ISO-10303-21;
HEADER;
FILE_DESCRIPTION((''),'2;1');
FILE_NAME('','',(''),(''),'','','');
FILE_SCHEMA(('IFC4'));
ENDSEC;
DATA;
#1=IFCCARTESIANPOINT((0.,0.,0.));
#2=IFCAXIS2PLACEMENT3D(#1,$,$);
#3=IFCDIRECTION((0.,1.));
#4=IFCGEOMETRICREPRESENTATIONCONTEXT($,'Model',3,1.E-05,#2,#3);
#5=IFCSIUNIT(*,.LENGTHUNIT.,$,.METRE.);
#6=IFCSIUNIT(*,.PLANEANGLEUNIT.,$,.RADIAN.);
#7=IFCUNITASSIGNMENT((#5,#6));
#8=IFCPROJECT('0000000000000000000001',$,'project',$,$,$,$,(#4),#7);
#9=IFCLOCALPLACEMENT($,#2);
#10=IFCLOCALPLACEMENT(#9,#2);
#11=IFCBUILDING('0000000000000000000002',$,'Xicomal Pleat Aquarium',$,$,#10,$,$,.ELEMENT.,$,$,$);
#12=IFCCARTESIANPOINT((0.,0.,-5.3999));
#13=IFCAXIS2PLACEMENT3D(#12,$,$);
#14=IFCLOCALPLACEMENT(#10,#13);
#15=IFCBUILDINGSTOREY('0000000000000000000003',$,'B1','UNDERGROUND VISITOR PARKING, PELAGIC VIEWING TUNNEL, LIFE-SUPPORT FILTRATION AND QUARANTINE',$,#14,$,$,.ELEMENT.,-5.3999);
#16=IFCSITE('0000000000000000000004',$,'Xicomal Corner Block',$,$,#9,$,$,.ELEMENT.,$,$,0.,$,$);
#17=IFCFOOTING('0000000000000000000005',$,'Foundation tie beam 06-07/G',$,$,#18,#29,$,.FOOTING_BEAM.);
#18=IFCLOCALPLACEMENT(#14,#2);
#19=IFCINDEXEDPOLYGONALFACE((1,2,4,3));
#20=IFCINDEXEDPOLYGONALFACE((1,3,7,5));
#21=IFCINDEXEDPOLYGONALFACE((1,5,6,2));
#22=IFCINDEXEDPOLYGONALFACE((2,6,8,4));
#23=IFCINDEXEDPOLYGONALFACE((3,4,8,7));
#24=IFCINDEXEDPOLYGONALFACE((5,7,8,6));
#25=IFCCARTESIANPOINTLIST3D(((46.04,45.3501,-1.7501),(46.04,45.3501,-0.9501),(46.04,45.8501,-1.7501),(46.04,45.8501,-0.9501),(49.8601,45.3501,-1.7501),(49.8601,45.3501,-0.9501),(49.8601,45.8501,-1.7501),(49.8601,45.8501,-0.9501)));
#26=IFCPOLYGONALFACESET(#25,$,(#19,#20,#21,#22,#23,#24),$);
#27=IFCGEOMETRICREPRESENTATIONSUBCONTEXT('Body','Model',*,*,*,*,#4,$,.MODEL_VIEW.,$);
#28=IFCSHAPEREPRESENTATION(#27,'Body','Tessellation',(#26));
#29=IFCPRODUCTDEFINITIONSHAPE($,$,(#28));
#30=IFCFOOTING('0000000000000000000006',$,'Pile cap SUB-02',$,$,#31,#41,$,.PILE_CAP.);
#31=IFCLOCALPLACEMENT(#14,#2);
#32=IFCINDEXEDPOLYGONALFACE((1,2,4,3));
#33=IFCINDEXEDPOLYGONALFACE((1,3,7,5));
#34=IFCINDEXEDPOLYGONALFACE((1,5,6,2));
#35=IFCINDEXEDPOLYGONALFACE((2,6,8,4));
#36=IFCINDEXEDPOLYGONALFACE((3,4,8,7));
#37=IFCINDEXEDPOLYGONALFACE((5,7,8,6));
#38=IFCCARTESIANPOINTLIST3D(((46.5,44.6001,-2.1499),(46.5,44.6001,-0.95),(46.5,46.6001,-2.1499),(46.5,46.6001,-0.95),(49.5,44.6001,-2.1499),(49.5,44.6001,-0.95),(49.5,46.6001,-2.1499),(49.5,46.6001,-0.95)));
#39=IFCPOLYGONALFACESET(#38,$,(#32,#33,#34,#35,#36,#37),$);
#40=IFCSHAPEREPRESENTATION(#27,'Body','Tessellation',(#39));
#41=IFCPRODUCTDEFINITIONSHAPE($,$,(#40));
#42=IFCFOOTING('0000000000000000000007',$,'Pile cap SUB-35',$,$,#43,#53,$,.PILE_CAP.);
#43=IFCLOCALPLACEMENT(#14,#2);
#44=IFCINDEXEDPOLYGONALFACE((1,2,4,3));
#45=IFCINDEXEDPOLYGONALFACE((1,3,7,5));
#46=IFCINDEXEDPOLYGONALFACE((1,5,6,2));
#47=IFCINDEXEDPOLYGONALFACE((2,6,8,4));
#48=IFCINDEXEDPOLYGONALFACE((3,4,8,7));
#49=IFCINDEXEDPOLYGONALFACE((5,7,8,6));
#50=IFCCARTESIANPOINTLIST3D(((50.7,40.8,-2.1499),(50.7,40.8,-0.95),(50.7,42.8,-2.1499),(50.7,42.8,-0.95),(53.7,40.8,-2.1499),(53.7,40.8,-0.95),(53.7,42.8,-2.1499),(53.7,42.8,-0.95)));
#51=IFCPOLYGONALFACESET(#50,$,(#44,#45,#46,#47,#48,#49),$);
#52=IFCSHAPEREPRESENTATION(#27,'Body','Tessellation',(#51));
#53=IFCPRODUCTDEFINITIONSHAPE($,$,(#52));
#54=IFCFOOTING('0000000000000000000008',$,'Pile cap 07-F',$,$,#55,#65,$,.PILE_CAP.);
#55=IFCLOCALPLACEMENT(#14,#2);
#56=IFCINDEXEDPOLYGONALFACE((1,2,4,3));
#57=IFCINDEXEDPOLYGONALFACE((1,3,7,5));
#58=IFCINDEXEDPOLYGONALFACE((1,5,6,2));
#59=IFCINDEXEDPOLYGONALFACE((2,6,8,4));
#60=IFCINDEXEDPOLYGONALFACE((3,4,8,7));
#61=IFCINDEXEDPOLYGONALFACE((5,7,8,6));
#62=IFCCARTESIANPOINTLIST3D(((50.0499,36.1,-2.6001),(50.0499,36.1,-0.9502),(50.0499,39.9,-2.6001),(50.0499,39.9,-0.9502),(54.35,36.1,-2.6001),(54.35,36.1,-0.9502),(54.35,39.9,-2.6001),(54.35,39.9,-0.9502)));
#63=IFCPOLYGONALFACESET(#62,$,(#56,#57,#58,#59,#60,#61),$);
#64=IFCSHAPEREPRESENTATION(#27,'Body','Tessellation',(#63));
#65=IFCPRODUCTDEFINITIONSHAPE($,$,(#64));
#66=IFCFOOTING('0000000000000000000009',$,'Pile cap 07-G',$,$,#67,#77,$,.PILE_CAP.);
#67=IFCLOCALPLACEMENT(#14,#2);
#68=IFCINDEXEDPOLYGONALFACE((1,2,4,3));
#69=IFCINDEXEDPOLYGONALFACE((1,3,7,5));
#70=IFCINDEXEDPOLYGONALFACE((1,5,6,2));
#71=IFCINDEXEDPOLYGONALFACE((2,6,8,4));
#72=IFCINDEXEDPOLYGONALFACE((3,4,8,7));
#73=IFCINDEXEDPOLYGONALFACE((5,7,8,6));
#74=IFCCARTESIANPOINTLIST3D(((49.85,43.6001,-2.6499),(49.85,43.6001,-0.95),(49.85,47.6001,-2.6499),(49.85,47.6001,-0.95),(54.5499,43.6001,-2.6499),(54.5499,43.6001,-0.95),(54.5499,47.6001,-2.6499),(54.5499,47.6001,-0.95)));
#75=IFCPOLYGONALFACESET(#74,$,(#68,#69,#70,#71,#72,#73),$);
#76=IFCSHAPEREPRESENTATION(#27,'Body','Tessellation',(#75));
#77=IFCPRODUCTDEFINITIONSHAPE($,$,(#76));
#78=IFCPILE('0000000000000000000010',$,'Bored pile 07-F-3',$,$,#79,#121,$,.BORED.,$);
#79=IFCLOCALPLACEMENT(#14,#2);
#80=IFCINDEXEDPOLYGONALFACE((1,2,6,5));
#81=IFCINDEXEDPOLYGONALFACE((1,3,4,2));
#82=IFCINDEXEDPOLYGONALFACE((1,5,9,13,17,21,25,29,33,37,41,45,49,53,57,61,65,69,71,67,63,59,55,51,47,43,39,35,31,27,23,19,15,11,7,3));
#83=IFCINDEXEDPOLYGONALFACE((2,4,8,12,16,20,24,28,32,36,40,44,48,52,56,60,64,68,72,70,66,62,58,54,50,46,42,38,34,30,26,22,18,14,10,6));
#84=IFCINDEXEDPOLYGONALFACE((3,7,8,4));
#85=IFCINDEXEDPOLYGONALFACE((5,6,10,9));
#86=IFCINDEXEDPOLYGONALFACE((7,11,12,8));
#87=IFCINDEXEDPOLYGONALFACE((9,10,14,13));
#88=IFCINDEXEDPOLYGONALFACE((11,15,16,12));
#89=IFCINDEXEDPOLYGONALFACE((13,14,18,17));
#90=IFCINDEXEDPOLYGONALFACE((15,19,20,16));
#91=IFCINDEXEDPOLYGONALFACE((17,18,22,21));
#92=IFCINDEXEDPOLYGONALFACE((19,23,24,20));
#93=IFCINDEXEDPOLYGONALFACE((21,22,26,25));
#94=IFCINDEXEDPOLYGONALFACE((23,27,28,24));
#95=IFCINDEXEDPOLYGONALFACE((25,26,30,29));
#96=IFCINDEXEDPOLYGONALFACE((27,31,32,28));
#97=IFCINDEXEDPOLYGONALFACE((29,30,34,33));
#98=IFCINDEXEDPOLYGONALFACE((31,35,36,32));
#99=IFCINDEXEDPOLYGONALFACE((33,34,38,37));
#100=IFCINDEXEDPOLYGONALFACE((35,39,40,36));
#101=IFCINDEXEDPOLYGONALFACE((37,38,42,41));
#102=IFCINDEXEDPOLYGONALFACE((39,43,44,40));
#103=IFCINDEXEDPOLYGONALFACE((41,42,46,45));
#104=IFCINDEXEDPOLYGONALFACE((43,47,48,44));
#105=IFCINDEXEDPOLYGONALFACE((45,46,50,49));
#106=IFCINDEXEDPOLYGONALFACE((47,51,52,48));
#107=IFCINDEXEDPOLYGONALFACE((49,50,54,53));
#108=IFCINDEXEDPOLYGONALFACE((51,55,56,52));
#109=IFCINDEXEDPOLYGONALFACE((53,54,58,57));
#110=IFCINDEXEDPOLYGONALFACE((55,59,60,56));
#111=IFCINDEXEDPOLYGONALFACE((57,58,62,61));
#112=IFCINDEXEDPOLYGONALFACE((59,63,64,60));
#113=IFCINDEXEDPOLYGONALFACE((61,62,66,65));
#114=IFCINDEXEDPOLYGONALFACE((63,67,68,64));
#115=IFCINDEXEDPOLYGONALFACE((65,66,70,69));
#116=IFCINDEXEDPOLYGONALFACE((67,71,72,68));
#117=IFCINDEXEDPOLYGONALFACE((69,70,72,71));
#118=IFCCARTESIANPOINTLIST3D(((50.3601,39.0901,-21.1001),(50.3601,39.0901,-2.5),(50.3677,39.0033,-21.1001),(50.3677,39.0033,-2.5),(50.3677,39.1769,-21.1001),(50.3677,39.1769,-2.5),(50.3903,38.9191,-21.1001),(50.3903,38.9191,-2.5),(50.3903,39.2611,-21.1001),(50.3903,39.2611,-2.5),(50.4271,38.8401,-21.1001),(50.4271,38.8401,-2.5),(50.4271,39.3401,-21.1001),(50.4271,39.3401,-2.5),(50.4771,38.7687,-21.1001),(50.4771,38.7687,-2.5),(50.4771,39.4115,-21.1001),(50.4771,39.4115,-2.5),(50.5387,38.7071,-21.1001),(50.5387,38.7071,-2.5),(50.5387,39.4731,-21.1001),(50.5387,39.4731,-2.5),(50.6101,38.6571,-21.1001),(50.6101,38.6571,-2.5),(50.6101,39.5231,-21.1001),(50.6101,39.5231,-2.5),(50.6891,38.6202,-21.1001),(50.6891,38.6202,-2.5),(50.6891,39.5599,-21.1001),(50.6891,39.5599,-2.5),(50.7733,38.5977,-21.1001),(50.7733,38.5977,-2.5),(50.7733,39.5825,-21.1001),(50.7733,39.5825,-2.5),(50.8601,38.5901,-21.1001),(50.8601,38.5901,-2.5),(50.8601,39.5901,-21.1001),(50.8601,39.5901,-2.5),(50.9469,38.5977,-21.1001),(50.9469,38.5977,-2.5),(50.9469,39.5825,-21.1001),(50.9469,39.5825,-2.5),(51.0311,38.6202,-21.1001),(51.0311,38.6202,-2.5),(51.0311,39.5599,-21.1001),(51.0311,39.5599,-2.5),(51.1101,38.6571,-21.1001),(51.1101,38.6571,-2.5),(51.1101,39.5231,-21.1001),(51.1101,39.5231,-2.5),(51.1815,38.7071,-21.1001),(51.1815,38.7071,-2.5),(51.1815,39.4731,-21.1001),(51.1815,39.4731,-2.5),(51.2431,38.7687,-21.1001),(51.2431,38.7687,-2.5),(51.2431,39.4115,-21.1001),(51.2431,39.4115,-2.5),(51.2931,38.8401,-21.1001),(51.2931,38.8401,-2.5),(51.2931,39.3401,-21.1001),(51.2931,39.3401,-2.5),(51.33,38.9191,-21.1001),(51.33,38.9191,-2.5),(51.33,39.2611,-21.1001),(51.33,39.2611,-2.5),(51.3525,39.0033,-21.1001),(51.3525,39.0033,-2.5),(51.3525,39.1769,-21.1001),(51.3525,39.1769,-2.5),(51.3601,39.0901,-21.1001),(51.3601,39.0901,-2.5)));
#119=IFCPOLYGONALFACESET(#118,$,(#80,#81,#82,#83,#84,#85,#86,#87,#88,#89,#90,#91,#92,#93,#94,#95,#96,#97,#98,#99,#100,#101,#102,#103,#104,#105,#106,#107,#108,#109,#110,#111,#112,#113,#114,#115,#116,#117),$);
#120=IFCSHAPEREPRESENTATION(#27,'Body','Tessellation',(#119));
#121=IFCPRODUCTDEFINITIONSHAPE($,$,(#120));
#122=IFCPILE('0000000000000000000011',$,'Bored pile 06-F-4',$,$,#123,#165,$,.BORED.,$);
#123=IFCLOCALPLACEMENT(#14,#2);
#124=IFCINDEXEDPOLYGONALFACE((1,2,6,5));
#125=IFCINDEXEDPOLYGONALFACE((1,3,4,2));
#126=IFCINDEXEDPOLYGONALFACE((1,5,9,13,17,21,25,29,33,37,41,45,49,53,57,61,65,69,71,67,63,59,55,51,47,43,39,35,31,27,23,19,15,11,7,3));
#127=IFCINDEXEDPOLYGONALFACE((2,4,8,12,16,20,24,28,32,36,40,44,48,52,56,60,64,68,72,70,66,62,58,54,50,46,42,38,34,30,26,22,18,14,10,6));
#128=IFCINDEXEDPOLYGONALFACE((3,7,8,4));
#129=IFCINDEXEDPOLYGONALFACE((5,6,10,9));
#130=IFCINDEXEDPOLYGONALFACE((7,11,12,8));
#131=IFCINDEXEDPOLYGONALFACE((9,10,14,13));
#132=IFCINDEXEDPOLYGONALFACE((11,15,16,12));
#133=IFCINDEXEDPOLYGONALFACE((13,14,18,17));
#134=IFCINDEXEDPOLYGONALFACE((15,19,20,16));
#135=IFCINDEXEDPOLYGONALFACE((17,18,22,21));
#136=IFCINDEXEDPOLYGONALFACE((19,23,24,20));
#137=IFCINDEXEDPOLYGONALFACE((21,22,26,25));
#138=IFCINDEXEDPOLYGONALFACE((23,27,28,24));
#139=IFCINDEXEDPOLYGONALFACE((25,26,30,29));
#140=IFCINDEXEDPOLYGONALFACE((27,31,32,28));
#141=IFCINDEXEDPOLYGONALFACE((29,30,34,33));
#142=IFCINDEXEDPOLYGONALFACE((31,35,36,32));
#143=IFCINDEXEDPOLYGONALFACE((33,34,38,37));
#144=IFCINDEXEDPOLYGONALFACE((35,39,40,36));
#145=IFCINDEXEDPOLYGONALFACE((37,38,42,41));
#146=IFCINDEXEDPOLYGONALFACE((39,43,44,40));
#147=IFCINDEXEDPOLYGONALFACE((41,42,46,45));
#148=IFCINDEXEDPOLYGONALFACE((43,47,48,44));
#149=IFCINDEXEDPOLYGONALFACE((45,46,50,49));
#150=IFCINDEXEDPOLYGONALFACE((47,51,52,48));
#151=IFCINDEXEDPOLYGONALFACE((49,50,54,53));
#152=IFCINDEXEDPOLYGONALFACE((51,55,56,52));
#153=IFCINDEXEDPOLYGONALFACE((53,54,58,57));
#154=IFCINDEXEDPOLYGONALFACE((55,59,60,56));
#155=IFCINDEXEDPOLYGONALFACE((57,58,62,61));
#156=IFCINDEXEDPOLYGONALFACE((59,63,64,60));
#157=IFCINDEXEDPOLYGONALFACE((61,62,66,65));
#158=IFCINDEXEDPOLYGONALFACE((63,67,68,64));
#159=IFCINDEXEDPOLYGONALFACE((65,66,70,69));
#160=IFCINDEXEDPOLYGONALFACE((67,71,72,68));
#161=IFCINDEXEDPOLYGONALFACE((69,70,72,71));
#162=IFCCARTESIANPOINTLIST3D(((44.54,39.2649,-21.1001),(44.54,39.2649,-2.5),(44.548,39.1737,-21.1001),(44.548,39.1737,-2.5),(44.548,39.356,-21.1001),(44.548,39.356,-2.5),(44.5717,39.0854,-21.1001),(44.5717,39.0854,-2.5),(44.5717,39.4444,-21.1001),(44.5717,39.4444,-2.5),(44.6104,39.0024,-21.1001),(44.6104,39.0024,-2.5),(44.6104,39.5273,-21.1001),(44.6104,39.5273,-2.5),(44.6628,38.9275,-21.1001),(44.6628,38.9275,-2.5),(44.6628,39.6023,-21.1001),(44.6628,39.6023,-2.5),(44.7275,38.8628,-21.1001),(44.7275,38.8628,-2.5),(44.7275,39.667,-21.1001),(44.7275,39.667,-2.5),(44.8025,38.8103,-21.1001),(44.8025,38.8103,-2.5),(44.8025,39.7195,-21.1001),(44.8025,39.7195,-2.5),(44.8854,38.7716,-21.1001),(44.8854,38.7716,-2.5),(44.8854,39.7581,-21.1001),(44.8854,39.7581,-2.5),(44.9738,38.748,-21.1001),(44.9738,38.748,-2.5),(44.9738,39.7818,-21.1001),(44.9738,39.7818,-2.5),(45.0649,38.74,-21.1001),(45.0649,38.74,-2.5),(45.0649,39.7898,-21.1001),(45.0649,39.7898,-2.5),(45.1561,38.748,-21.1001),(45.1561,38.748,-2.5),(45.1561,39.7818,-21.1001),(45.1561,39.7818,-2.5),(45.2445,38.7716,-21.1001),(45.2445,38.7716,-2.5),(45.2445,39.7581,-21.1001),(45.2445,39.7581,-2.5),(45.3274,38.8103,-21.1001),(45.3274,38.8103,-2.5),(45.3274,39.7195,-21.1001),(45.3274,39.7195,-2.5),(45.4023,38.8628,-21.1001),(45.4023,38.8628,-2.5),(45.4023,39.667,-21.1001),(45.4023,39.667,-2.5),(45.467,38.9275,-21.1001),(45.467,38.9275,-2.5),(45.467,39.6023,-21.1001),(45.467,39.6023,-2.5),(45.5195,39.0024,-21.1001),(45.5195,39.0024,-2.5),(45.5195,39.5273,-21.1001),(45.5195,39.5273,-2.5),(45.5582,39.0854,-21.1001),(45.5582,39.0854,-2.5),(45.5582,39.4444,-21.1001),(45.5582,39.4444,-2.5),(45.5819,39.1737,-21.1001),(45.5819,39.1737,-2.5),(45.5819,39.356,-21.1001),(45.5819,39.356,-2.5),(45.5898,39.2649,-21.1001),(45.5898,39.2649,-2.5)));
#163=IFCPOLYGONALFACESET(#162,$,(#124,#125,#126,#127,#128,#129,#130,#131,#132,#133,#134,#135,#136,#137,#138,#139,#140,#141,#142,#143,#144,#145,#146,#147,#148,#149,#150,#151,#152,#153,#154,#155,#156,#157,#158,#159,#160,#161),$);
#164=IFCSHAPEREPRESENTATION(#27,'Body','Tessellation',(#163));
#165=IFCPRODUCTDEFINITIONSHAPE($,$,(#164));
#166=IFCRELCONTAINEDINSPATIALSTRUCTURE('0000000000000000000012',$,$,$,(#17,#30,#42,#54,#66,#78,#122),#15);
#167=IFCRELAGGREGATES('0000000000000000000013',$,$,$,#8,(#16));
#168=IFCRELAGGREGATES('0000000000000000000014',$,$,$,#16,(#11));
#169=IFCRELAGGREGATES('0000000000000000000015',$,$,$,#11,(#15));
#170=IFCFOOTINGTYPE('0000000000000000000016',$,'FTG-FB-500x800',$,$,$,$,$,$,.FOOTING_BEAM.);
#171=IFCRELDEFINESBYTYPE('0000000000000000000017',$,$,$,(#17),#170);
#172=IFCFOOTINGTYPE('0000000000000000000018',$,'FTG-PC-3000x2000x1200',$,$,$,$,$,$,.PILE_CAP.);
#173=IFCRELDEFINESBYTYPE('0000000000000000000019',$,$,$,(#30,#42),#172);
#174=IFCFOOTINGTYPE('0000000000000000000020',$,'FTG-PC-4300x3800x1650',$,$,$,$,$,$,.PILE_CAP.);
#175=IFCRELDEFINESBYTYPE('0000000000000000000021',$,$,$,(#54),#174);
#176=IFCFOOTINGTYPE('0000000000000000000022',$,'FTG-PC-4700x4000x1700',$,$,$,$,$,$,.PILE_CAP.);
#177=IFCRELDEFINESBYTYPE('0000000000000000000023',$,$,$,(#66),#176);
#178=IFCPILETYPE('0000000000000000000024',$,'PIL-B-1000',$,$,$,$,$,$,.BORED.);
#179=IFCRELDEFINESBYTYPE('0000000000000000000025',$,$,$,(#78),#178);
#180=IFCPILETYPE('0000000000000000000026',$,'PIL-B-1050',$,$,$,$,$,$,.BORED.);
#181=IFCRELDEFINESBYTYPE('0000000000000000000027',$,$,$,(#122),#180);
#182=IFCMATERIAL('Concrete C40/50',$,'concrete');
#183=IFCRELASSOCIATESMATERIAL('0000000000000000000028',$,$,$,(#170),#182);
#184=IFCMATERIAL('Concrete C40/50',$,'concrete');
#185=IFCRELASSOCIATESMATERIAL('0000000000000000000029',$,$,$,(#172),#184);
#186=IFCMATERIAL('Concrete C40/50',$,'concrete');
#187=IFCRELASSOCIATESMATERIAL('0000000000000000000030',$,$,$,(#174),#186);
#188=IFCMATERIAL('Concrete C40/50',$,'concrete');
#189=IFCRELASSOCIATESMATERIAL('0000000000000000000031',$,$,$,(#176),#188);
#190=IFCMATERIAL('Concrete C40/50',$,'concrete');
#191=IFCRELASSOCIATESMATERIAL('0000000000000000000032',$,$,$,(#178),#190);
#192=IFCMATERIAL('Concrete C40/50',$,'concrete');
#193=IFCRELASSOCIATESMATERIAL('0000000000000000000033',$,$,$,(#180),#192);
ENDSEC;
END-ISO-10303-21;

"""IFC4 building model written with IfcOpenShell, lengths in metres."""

from ifc_helpers import new_model, si_unit, direction, frame, origin, origin_2d, place, context, subcontext, project, spatial, rectangle, circle, extrude, material, material_profile, profile_set, type_object, element, save


model = new_model("IFC4")

# Units and contexts
model_context = context("Model", 3, precision=1e-05, world=origin(), true_north=direction((0.0, 1.0)))
body_context = subcontext(model_context, "Body", "Model", "MODEL_VIEW")
ifc_project = project(units=[si_unit("LENGTHUNIT", "METRE"), si_unit("PLANEANGLEUNIT", "RADIAN")], contexts=[model_context])

# Site, building, storey
site_placement = place(None, origin())
site = spatial("IfcSite", under=ifc_project, at=site_placement, Name="Xicomal Corner Block", CompositionType="ELEMENT", RefElevation=0.0)
building_placement = place(site_placement, origin())
building = spatial("IfcBuilding", under=site, at=building_placement, Name="Xicomal Pleat Aquarium", CompositionType="ELEMENT")
storey_placement = place(building_placement, frame((0.0, 0.0, -5.3999)))
storey = spatial("IfcBuildingStorey", under=building, at=storey_placement, Name="B1", Description="UNDERGROUND VISITOR PARKING, PELAGIC VIEWING TUNNEL, LIFE-SUPPORT FILTRATION AND QUARANTINE", CompositionType="ELEMENT", Elevation=-5.3999)

# Footings
ifc_material_1 = material(Name="Concrete C40/50", Category="concrete")
ifc_material_profile_1 = material_profile(ifc_material_1, rectangle(XDim=0.5, YDim=0.8, at=origin_2d()), Name="FB-01 500x800")
ifc_profile_set_1 = profile_set([ifc_material_profile_1], Name="Concrete C40/50")
footing_type_1 = type_object("IfcFootingType", Name="FTG-FB-500x800", PredefinedType="FOOTING_BEAM", material=ifc_profile_set_1)
footing_1_placement = place(storey_placement, frame((46.04, 45.6001, -1.3501), z_axis=(1.0, 0.0, 0.0), x_axis=(0.0, 1.0, 0.0)))
element("IfcFooting", 1, at=footing_1_placement, inside=storey, type_object=footing_type_1, Name="Foundation tie beam 06-07/G", PredefinedType="FOOTING_BEAM", context=body_context, shape_type="SweptSolid", body=[
    extrude(rectangle(XDim=0.5, YDim=0.8, at=origin_2d()), origin(), (0.0, 0.0, 1.0), 3.8201),
])
ifc_material_2 = material(Name="Concrete C40/50", Category="concrete")
footing_type_2 = type_object("IfcFootingType", Name="FTG-PC-3000x2000x1200", PredefinedType="PILE_CAP", material=ifc_material_2)
for number, where, z_axis, x_axis, name in (
    (2, (48.0, 45.6001, -2.1499), (0.0, 0.0, 1.0), (1.0, 0.0, 0.0), "Pile cap SUB-02"),
    (3, (52.2, 41.8, -2.1499), (0.0, 0.0, 1.0), (1.0, 0.0, 0.0), "Pile cap SUB-35"),
):
    element("IfcFooting", number, at=place(storey_placement, frame(where, z_axis=z_axis, x_axis=x_axis)), inside=storey, type_object=footing_type_2, Name=name, PredefinedType="PILE_CAP", context=body_context, shape_type="SweptSolid", body=[
        extrude(rectangle(XDim=3.0, YDim=2.0, at=origin_2d()), origin(), (0.0, 0.0, 1.0), 1.2),
    ])
ifc_material_3 = material(Name="Concrete C40/50", Category="concrete")
footing_type_3 = type_object("IfcFootingType", Name="FTG-PC-4300x3800x1650", PredefinedType="PILE_CAP", material=ifc_material_3)
footing_2_placement = place(storey_placement, frame((52.2, 38.0, -2.6001), z_axis=(0.0, 0.0, 1.0), x_axis=(1.0, 0.0, 0.0)))
element("IfcFooting", 4, at=footing_2_placement, inside=storey, type_object=footing_type_3, Name="Pile cap 07-F", PredefinedType="PILE_CAP", context=body_context, shape_type="SweptSolid", body=[
    extrude(rectangle(XDim=4.3, YDim=3.8, at=origin_2d()), origin(), (0.0, 0.0, 1.0), 1.6499),
])
ifc_material_4 = material(Name="Concrete C40/50", Category="concrete")
footing_type_4 = type_object("IfcFootingType", Name="FTG-PC-4700x4000x1700", PredefinedType="PILE_CAP", material=ifc_material_4)
footing_3_placement = place(storey_placement, frame((52.2, 45.6001, -2.6499), z_axis=(0.0, 0.0, 1.0), x_axis=(1.0, 0.0, 0.0)))
element("IfcFooting", 5, at=footing_3_placement, inside=storey, type_object=footing_type_4, Name="Pile cap 07-G", PredefinedType="PILE_CAP", context=body_context, shape_type="SweptSolid", body=[
    extrude(rectangle(XDim=4.7, YDim=4.0, at=origin_2d()), origin(), (0.0, 0.0, 1.0), 1.7),
])

# Piles
ifc_material_5 = material(Name="Concrete C40/50", Category="concrete")
ifc_material_profile_2 = material_profile(ifc_material_5, circle(Radius=0.5, at=origin_2d()), Name="BORED PILE D1000")
ifc_profile_set_2 = profile_set([ifc_material_profile_2], Name="Concrete C40/50")
pile_type_1 = type_object("IfcPileType", Name="PIL-B-1000", PredefinedType="BORED", material=ifc_profile_set_2)
pile_1_placement = place(storey_placement, frame((50.8601, 39.0901, -2.5), z_axis=(0.0, 0.0, -1.0), x_axis=(1.0, 0.0, 0.0)))
element("IfcPile", 6, at=pile_1_placement, inside=storey, type_object=pile_type_1, Name="Bored pile 07-F-3", PredefinedType="BORED", context=body_context, shape_type="SweptSolid", body=[
    extrude(circle(Radius=0.5, at=origin_2d()), origin(), (0.0, 0.0, 1.0), 18.6001),
])
ifc_material_6 = material(Name="Concrete C40/50", Category="concrete")
ifc_material_profile_3 = material_profile(ifc_material_6, circle(Radius=0.5249, at=origin_2d()), Name="BORED PILE D1050")
ifc_profile_set_3 = profile_set([ifc_material_profile_3], Name="Concrete C40/50")
pile_type_2 = type_object("IfcPileType", Name="PIL-B-1050", PredefinedType="BORED", material=ifc_profile_set_3)
pile_2_placement = place(storey_placement, frame((45.0649, 39.2649, -2.5), z_axis=(0.0, 0.0, -1.0), x_axis=(1.0, 0.0, 0.0)))
element("IfcPile", 7, at=pile_2_placement, inside=storey, type_object=pile_type_2, Name="Bored pile 06-F-4", PredefinedType="BORED", context=body_context, shape_type="SweptSolid", body=[
    extrude(circle(Radius=0.5249, at=origin_2d()), origin(), (0.0, 0.0, 1.0), 18.6001),
])

save(model, "model.ifc")
